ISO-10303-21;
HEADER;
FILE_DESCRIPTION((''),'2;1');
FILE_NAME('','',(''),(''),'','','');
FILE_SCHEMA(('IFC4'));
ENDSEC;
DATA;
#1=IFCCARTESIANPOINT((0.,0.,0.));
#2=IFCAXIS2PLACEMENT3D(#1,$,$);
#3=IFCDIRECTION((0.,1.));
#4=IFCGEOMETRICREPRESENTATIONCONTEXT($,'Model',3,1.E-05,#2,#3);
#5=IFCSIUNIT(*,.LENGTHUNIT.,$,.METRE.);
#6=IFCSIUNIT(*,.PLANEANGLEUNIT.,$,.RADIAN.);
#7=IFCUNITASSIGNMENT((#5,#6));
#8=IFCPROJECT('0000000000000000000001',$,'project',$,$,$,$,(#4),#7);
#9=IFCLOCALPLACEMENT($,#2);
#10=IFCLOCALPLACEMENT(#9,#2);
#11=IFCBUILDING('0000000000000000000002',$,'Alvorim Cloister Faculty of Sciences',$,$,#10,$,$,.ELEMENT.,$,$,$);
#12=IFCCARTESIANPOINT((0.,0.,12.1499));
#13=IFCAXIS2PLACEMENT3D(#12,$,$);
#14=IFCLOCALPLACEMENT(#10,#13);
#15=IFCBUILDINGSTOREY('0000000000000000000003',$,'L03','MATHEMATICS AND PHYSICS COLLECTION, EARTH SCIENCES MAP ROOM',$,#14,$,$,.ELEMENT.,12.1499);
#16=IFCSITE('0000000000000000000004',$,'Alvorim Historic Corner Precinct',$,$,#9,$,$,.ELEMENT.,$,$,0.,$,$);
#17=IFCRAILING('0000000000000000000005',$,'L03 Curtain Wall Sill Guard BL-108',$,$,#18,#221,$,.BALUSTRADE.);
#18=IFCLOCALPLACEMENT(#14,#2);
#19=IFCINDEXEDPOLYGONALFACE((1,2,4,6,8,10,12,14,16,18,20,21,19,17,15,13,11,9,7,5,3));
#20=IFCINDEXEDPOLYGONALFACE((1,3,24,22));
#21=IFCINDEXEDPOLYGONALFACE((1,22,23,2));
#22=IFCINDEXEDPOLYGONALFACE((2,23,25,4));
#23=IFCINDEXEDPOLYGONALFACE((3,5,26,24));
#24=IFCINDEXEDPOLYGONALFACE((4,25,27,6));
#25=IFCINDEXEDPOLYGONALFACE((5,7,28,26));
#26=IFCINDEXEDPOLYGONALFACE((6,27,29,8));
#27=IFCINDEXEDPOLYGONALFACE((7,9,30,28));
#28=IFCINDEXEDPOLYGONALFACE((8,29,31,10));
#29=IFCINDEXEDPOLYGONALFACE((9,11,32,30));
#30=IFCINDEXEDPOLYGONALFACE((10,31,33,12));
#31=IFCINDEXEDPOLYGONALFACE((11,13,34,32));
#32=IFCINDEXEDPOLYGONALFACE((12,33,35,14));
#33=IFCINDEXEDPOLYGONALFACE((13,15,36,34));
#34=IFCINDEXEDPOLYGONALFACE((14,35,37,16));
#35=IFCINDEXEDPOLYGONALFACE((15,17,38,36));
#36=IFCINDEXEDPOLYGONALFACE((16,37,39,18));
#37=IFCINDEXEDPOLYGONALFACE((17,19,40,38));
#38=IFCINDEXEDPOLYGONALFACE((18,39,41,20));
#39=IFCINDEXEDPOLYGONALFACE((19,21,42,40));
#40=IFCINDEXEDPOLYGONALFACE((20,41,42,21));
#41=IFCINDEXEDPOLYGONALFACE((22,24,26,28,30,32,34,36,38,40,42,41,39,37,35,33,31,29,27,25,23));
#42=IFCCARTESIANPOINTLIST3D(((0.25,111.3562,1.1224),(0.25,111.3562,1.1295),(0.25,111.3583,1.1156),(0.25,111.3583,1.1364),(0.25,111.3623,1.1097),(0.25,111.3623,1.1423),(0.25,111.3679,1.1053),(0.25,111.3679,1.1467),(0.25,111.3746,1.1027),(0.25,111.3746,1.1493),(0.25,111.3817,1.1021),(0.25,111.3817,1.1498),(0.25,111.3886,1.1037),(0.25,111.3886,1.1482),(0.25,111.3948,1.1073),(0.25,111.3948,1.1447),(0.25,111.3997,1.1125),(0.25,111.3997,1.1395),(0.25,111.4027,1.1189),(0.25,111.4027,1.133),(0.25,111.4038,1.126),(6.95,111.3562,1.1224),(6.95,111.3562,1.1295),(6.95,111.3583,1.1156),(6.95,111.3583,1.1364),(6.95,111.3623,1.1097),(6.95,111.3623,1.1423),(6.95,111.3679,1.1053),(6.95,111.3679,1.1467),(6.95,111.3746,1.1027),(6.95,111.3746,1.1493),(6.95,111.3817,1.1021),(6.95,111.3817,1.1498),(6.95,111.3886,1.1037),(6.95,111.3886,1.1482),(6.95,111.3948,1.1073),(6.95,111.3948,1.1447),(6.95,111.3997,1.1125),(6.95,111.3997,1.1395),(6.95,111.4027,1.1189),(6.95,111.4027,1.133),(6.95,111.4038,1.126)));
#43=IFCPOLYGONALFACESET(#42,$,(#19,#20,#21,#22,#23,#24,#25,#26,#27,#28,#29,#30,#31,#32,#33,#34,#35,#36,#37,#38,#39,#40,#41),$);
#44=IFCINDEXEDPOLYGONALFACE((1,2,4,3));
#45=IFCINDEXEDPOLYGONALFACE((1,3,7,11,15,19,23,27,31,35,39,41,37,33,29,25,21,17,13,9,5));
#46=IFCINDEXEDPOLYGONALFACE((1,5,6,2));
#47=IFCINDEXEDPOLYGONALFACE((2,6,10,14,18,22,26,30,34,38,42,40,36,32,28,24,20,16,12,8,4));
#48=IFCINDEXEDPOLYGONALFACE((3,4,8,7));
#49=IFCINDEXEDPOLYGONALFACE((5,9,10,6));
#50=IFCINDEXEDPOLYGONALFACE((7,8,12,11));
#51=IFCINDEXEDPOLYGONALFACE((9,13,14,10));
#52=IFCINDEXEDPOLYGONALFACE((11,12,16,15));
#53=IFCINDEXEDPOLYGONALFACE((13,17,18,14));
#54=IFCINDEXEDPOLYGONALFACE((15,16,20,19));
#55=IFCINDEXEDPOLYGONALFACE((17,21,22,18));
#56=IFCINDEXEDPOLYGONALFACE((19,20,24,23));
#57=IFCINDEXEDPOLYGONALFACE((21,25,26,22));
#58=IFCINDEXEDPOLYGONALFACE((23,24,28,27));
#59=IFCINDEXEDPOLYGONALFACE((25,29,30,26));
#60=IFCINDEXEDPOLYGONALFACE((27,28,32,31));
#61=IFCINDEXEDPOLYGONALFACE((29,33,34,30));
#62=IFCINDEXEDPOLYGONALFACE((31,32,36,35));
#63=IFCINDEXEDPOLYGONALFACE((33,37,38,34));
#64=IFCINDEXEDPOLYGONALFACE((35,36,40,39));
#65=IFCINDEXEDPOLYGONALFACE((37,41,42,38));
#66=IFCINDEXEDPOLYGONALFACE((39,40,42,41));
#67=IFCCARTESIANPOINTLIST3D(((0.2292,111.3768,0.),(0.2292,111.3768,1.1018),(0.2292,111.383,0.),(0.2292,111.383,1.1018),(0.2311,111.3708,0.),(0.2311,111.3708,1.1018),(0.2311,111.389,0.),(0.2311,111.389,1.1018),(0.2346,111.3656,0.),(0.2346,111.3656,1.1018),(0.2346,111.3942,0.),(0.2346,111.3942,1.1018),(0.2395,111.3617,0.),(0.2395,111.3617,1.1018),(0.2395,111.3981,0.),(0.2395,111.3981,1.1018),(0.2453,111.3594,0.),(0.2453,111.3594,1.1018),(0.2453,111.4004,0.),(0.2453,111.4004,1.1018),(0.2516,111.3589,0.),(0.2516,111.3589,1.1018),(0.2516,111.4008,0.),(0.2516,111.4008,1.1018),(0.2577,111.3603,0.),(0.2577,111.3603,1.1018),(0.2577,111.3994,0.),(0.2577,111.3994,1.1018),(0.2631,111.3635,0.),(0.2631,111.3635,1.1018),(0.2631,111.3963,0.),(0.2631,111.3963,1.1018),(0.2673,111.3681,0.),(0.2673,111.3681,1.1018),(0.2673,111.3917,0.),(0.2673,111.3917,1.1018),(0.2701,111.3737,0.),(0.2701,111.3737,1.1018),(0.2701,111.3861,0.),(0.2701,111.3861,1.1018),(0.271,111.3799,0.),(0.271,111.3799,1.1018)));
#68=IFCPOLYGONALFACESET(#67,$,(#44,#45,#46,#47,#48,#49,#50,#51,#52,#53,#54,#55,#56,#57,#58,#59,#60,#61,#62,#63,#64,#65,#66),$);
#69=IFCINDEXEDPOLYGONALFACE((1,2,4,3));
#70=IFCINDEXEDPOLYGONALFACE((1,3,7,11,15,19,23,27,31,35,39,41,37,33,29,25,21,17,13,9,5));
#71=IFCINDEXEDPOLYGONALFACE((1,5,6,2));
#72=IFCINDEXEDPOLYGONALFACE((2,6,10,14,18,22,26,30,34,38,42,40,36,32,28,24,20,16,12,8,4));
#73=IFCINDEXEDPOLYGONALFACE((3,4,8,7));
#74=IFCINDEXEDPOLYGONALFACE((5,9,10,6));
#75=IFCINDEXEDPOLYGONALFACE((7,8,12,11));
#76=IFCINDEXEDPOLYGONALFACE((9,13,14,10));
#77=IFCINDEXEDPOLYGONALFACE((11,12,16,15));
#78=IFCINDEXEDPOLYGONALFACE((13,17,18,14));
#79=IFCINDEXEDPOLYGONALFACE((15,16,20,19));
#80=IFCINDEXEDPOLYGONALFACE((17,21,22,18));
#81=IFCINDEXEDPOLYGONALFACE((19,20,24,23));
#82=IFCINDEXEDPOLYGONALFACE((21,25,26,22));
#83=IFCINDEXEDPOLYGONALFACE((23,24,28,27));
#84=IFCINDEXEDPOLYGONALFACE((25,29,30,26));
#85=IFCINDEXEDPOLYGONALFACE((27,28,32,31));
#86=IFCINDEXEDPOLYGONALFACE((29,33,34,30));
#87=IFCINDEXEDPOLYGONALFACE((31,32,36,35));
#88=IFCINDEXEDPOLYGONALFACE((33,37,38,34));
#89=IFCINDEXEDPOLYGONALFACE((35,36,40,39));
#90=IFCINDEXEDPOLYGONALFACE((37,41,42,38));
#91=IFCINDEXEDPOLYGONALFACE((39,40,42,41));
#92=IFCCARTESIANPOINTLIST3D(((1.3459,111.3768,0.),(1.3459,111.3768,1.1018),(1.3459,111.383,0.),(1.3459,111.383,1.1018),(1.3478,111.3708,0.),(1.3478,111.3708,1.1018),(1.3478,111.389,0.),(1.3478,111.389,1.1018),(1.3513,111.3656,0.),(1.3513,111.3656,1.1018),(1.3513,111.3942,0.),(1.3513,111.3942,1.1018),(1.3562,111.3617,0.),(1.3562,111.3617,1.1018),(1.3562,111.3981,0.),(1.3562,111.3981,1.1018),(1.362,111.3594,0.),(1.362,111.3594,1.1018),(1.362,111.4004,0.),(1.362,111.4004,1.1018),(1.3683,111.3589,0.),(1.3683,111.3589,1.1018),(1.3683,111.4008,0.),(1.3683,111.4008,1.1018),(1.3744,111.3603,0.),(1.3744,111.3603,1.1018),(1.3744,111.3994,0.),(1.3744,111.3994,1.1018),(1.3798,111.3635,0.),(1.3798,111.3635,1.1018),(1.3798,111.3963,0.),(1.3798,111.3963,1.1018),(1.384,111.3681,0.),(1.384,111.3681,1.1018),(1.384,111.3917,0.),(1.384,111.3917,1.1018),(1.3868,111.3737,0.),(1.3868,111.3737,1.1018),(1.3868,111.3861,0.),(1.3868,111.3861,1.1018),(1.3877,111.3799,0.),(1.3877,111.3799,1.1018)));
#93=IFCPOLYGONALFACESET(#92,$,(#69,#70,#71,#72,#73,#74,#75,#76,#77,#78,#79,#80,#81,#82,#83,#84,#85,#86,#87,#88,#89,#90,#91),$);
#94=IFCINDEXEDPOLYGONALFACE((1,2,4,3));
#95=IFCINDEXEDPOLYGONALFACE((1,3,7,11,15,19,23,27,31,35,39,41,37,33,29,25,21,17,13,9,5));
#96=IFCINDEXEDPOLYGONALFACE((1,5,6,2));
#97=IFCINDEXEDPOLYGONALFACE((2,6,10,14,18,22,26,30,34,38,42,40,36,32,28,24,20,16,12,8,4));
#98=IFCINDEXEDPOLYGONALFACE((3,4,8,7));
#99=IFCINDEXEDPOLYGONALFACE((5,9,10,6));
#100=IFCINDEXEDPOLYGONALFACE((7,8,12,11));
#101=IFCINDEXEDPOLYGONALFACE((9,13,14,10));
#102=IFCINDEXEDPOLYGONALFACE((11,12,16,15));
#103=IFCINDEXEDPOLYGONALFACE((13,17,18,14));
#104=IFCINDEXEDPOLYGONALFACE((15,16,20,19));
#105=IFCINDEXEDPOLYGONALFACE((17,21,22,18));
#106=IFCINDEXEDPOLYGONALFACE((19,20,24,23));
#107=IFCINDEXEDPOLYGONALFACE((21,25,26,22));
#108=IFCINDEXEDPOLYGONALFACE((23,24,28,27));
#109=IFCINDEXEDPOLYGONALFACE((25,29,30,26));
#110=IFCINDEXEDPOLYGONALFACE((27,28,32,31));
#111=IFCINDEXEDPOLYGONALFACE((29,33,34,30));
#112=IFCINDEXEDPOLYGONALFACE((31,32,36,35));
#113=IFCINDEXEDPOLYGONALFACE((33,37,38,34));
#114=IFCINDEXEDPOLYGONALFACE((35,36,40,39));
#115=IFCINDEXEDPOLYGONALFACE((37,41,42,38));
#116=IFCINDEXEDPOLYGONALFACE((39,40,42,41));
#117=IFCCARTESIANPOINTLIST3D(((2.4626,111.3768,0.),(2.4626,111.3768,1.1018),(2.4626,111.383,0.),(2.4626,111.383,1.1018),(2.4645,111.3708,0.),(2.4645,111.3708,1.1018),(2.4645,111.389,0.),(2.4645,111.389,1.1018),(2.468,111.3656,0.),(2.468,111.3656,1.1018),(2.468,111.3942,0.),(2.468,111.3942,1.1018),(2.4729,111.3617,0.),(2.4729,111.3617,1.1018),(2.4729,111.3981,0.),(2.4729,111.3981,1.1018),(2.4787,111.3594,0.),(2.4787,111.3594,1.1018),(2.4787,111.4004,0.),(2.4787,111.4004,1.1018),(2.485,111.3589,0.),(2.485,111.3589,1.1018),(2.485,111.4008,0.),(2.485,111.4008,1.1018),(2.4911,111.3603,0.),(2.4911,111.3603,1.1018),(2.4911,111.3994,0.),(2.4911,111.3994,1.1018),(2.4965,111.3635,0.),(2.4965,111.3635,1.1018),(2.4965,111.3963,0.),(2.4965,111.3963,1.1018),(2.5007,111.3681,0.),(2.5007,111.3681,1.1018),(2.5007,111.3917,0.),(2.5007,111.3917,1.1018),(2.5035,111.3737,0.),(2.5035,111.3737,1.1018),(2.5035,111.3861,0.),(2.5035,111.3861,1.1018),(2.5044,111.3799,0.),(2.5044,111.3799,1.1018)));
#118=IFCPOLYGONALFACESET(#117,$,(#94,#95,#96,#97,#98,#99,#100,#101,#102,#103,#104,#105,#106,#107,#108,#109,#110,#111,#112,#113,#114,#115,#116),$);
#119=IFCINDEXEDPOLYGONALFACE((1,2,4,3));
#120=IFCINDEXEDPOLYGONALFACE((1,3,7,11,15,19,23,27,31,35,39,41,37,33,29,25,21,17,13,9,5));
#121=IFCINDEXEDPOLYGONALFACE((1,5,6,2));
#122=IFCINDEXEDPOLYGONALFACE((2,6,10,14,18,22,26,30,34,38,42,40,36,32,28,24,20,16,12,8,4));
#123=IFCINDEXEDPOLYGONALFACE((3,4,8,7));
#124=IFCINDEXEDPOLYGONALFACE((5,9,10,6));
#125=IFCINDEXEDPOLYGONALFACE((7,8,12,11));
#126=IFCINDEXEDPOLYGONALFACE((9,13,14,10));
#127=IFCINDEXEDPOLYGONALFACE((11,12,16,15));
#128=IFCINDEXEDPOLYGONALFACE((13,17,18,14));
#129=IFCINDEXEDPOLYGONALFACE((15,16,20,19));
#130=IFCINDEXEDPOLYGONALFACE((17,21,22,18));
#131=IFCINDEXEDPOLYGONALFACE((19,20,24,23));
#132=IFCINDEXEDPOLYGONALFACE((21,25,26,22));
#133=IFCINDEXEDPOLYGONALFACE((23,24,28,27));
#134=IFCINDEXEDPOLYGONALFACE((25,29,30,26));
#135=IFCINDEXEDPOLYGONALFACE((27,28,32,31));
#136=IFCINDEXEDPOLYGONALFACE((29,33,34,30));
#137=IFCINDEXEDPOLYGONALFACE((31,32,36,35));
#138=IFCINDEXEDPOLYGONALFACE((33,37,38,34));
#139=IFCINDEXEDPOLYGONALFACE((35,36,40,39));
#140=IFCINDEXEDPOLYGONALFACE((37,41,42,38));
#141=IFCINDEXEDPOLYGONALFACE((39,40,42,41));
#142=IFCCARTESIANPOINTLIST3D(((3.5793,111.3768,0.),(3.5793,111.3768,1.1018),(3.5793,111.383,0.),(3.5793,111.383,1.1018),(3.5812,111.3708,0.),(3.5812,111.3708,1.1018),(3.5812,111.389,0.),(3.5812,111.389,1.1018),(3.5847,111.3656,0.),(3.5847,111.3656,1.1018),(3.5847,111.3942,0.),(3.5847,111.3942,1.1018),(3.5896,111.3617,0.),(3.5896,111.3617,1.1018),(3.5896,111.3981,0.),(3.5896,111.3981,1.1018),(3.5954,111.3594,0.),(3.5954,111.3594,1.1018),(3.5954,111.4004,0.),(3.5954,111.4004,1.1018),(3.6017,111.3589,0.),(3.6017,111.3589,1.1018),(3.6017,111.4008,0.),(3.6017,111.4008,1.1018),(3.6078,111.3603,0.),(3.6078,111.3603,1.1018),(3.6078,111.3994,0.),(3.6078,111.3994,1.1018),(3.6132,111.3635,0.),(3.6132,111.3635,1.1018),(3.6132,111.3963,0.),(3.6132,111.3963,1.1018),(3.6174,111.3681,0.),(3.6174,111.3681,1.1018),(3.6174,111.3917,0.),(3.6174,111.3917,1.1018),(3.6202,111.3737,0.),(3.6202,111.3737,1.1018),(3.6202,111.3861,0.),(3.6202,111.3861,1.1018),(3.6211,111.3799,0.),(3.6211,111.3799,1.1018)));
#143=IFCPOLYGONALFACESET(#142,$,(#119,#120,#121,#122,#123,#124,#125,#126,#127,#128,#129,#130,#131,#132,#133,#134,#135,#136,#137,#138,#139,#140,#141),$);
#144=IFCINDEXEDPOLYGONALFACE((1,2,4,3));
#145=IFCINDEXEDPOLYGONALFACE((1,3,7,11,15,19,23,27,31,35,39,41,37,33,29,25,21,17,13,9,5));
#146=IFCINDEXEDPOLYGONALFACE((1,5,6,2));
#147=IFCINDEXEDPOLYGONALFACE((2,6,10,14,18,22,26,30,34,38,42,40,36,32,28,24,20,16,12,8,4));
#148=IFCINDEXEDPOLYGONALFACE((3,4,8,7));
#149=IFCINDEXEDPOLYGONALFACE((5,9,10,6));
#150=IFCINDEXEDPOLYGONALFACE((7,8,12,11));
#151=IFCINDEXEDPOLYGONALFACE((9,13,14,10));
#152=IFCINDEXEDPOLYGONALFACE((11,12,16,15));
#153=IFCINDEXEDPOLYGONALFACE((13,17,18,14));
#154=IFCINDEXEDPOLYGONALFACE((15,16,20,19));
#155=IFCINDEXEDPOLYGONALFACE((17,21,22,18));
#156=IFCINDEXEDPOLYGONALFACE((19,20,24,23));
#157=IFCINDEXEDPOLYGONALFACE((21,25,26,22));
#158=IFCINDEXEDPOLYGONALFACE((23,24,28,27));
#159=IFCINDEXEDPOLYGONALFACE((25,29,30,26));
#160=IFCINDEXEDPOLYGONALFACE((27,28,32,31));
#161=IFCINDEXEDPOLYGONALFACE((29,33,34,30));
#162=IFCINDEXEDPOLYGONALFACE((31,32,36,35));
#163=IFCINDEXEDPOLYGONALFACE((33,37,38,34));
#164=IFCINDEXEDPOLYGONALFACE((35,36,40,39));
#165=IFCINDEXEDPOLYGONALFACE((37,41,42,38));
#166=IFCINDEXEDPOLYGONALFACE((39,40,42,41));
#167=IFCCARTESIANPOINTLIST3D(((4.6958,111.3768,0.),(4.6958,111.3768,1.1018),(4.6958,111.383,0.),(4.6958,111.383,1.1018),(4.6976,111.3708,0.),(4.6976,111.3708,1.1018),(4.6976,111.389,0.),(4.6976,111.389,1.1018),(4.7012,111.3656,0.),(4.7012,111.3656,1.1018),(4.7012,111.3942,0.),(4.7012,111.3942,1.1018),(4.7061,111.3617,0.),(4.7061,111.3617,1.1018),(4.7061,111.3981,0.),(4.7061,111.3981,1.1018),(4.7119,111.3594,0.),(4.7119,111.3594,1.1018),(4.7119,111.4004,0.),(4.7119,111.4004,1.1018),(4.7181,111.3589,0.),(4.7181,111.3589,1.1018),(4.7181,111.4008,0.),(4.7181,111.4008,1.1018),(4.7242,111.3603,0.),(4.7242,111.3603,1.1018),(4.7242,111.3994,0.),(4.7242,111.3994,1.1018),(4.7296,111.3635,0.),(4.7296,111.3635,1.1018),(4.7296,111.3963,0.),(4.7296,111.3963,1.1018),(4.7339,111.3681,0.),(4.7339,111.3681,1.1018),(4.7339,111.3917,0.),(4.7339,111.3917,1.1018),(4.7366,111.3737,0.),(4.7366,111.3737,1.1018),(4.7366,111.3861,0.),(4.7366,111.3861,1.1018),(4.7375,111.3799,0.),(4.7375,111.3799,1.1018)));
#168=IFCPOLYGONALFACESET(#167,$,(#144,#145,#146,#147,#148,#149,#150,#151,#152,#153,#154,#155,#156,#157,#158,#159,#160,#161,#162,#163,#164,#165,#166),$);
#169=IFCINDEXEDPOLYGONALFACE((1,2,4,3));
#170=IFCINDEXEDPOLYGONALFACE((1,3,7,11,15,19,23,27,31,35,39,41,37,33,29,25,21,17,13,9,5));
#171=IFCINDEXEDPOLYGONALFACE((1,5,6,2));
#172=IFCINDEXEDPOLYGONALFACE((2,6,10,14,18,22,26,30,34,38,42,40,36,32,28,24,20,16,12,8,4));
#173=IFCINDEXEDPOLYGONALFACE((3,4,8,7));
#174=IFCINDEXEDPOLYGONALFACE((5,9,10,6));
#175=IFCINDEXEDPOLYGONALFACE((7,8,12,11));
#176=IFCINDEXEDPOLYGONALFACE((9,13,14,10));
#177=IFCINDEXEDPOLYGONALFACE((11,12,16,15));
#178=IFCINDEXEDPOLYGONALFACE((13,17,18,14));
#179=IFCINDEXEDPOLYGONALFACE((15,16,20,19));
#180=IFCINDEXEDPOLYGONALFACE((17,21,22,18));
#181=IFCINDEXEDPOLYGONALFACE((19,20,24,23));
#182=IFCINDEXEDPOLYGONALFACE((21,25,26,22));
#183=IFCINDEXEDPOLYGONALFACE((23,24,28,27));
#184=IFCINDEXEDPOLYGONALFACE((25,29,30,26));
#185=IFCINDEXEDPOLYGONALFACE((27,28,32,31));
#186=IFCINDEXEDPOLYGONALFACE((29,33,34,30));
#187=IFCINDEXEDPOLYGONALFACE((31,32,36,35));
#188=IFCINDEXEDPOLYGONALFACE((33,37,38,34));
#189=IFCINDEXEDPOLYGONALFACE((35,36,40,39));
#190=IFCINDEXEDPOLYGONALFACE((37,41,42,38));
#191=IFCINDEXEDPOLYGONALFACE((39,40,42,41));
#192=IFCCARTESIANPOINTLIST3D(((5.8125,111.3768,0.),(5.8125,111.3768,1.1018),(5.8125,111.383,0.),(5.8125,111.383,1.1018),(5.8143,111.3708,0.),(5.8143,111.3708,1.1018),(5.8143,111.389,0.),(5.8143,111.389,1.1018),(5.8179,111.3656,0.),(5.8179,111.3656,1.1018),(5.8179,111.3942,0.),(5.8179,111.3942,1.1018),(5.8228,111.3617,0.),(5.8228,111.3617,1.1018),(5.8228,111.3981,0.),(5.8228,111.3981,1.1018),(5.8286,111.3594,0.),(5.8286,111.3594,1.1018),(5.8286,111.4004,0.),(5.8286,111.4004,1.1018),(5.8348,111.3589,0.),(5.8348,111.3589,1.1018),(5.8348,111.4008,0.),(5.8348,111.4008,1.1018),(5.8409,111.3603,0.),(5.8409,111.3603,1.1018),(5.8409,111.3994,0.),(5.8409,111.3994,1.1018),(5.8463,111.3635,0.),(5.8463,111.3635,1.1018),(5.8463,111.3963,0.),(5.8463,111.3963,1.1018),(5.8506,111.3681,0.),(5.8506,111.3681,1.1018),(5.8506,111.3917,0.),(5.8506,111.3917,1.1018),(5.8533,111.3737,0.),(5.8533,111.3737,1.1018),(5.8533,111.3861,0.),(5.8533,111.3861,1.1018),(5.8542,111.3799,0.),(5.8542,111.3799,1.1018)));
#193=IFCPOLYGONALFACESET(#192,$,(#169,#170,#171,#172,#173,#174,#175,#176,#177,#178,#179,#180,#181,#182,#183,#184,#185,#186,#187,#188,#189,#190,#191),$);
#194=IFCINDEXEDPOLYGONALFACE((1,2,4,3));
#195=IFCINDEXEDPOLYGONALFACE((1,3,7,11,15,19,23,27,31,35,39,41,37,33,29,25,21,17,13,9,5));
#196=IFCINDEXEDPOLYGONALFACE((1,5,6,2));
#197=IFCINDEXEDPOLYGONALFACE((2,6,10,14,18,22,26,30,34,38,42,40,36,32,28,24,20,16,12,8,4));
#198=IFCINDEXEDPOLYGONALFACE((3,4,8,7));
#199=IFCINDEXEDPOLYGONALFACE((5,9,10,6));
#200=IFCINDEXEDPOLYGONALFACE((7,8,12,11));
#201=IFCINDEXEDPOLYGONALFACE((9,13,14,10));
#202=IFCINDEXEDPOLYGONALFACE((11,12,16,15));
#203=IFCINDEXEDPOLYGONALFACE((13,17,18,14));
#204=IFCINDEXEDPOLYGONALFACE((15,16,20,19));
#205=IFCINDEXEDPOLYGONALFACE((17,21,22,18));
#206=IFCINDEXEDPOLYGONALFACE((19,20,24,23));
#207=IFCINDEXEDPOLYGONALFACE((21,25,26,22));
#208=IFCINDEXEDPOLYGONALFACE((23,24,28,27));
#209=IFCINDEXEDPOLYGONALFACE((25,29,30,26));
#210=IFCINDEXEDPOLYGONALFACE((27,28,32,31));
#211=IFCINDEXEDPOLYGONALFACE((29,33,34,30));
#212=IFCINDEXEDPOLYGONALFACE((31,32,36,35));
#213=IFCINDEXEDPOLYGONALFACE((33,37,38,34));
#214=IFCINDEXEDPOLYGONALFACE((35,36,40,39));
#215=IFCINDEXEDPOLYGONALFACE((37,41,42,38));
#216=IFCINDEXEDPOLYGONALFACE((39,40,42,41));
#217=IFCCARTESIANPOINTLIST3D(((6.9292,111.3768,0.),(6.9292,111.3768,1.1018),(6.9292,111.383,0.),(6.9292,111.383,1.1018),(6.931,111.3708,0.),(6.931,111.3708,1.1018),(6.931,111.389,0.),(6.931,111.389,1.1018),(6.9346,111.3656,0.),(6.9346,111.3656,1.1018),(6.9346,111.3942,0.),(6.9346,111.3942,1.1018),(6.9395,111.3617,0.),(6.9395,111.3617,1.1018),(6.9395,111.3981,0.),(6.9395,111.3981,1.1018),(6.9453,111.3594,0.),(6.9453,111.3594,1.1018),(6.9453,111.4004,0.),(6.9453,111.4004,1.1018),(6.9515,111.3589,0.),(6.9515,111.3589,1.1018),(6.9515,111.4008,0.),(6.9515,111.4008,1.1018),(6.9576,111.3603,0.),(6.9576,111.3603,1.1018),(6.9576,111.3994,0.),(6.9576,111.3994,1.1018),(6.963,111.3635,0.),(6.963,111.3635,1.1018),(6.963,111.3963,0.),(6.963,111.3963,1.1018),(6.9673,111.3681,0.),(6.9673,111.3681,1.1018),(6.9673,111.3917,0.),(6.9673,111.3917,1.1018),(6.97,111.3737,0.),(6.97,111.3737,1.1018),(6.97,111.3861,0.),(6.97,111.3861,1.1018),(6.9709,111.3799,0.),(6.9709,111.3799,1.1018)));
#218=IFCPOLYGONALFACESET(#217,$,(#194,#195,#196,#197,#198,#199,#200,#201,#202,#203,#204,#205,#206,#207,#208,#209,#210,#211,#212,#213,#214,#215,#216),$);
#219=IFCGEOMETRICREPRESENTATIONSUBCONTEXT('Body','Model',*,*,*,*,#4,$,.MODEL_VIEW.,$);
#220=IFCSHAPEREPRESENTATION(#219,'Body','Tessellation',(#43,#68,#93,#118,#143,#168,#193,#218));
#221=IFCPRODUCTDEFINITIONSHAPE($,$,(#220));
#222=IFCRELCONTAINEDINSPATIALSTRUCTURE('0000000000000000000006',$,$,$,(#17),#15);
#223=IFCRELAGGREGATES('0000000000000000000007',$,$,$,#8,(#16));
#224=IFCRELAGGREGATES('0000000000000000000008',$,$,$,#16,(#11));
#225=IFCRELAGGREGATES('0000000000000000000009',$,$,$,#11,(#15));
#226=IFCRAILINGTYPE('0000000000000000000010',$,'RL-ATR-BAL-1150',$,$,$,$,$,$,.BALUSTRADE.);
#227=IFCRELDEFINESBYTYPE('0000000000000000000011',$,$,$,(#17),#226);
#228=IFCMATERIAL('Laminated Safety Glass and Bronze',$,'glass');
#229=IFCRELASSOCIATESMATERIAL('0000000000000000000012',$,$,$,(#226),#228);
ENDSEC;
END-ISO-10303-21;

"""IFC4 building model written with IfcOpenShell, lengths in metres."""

from ifc_helpers import new_model, si_unit, direction, frame, origin, origin_2d, place, context, subcontext, project, spatial, circle, extrude, material, type_object, element, save


model = new_model("IFC4")

# Units and contexts
model_context = context("Model", 3, precision=1e-05, world=origin(), true_north=direction((0.0, 1.0)))
body_context = subcontext(model_context, "Body", "Model", "MODEL_VIEW")
ifc_project = project(units=[si_unit("LENGTHUNIT", "METRE"), si_unit("PLANEANGLEUNIT", "RADIAN")], contexts=[model_context])

# Site, building, storey
site_placement = place(None, origin())
site = spatial("IfcSite", under=ifc_project, at=site_placement, Name="Alvorim Historic Corner Precinct", CompositionType="ELEMENT", RefElevation=0.0)
building_placement = place(site_placement, origin())
building = spatial("IfcBuilding", under=site, at=building_placement, Name="Alvorim Cloister Faculty of Sciences", CompositionType="ELEMENT")
storey_placement = place(building_placement, frame((0.0, 0.0, 12.1499)))
storey = spatial("IfcBuildingStorey", under=building, at=storey_placement, Name="L03", Description="MATHEMATICS AND PHYSICS COLLECTION, EARTH SCIENCES MAP ROOM", CompositionType="ELEMENT", Elevation=12.1499)

# Railing
ifc_material_1 = material(Name="Laminated Safety Glass and Bronze", Category="glass")
railing_type = type_object("IfcRailingType", Name="RL-ATR-BAL-1150", PredefinedType="BALUSTRADE", material=ifc_material_1)
railing_placement = place(storey_placement, frame((0.25, 111.3799, 0.0)))
element("IfcRailing", 1, at=railing_placement, inside=storey, type_object=railing_type, Name="L03 Curtain Wall Sill Guard BL-108", PredefinedType="BALUSTRADE", context=body_context, shape_type="SweptSolid", body=[
    extrude(circle(Radius=0.0239, at=origin_2d()), frame((0.0, 0.0, 1.126), z_axis=(1.0, 0.0, 0.0), x_axis=(0.0, 1.0, 0.0)), (0.0, 0.0, 1.0), 6.7),
    extrude(circle(Radius=0.021, at=origin_2d()), origin(), (0.0, 0.0, 1.0), 1.1018),
    extrude(circle(Radius=0.021, at=origin_2d()), frame((1.1167, 0.0, 0.0)), (0.0, 0.0, 1.0), 1.1018),
    extrude(circle(Radius=0.021, at=origin_2d()), frame((2.2334, 0.0, 0.0)), (0.0, 0.0, 1.0), 1.1018),
    extrude(circle(Radius=0.021, at=origin_2d()), frame((3.3501, 0.0, 0.0)), (0.0, 0.0, 1.0), 1.1018),
    extrude(circle(Radius=0.021, at=origin_2d()), frame((4.4666, 0.0, 0.0)), (0.0, 0.0, 1.0), 1.1018),
    extrude(circle(Radius=0.021, at=origin_2d()), frame((5.5833, 0.0, 0.0)), (0.0, 0.0, 1.0), 1.1018),
    extrude(circle(Radius=0.021, at=origin_2d()), frame((6.7, 0.0, 0.0)), (0.0, 0.0, 1.0), 1.1018),
])

save(model, "model.ifc")
